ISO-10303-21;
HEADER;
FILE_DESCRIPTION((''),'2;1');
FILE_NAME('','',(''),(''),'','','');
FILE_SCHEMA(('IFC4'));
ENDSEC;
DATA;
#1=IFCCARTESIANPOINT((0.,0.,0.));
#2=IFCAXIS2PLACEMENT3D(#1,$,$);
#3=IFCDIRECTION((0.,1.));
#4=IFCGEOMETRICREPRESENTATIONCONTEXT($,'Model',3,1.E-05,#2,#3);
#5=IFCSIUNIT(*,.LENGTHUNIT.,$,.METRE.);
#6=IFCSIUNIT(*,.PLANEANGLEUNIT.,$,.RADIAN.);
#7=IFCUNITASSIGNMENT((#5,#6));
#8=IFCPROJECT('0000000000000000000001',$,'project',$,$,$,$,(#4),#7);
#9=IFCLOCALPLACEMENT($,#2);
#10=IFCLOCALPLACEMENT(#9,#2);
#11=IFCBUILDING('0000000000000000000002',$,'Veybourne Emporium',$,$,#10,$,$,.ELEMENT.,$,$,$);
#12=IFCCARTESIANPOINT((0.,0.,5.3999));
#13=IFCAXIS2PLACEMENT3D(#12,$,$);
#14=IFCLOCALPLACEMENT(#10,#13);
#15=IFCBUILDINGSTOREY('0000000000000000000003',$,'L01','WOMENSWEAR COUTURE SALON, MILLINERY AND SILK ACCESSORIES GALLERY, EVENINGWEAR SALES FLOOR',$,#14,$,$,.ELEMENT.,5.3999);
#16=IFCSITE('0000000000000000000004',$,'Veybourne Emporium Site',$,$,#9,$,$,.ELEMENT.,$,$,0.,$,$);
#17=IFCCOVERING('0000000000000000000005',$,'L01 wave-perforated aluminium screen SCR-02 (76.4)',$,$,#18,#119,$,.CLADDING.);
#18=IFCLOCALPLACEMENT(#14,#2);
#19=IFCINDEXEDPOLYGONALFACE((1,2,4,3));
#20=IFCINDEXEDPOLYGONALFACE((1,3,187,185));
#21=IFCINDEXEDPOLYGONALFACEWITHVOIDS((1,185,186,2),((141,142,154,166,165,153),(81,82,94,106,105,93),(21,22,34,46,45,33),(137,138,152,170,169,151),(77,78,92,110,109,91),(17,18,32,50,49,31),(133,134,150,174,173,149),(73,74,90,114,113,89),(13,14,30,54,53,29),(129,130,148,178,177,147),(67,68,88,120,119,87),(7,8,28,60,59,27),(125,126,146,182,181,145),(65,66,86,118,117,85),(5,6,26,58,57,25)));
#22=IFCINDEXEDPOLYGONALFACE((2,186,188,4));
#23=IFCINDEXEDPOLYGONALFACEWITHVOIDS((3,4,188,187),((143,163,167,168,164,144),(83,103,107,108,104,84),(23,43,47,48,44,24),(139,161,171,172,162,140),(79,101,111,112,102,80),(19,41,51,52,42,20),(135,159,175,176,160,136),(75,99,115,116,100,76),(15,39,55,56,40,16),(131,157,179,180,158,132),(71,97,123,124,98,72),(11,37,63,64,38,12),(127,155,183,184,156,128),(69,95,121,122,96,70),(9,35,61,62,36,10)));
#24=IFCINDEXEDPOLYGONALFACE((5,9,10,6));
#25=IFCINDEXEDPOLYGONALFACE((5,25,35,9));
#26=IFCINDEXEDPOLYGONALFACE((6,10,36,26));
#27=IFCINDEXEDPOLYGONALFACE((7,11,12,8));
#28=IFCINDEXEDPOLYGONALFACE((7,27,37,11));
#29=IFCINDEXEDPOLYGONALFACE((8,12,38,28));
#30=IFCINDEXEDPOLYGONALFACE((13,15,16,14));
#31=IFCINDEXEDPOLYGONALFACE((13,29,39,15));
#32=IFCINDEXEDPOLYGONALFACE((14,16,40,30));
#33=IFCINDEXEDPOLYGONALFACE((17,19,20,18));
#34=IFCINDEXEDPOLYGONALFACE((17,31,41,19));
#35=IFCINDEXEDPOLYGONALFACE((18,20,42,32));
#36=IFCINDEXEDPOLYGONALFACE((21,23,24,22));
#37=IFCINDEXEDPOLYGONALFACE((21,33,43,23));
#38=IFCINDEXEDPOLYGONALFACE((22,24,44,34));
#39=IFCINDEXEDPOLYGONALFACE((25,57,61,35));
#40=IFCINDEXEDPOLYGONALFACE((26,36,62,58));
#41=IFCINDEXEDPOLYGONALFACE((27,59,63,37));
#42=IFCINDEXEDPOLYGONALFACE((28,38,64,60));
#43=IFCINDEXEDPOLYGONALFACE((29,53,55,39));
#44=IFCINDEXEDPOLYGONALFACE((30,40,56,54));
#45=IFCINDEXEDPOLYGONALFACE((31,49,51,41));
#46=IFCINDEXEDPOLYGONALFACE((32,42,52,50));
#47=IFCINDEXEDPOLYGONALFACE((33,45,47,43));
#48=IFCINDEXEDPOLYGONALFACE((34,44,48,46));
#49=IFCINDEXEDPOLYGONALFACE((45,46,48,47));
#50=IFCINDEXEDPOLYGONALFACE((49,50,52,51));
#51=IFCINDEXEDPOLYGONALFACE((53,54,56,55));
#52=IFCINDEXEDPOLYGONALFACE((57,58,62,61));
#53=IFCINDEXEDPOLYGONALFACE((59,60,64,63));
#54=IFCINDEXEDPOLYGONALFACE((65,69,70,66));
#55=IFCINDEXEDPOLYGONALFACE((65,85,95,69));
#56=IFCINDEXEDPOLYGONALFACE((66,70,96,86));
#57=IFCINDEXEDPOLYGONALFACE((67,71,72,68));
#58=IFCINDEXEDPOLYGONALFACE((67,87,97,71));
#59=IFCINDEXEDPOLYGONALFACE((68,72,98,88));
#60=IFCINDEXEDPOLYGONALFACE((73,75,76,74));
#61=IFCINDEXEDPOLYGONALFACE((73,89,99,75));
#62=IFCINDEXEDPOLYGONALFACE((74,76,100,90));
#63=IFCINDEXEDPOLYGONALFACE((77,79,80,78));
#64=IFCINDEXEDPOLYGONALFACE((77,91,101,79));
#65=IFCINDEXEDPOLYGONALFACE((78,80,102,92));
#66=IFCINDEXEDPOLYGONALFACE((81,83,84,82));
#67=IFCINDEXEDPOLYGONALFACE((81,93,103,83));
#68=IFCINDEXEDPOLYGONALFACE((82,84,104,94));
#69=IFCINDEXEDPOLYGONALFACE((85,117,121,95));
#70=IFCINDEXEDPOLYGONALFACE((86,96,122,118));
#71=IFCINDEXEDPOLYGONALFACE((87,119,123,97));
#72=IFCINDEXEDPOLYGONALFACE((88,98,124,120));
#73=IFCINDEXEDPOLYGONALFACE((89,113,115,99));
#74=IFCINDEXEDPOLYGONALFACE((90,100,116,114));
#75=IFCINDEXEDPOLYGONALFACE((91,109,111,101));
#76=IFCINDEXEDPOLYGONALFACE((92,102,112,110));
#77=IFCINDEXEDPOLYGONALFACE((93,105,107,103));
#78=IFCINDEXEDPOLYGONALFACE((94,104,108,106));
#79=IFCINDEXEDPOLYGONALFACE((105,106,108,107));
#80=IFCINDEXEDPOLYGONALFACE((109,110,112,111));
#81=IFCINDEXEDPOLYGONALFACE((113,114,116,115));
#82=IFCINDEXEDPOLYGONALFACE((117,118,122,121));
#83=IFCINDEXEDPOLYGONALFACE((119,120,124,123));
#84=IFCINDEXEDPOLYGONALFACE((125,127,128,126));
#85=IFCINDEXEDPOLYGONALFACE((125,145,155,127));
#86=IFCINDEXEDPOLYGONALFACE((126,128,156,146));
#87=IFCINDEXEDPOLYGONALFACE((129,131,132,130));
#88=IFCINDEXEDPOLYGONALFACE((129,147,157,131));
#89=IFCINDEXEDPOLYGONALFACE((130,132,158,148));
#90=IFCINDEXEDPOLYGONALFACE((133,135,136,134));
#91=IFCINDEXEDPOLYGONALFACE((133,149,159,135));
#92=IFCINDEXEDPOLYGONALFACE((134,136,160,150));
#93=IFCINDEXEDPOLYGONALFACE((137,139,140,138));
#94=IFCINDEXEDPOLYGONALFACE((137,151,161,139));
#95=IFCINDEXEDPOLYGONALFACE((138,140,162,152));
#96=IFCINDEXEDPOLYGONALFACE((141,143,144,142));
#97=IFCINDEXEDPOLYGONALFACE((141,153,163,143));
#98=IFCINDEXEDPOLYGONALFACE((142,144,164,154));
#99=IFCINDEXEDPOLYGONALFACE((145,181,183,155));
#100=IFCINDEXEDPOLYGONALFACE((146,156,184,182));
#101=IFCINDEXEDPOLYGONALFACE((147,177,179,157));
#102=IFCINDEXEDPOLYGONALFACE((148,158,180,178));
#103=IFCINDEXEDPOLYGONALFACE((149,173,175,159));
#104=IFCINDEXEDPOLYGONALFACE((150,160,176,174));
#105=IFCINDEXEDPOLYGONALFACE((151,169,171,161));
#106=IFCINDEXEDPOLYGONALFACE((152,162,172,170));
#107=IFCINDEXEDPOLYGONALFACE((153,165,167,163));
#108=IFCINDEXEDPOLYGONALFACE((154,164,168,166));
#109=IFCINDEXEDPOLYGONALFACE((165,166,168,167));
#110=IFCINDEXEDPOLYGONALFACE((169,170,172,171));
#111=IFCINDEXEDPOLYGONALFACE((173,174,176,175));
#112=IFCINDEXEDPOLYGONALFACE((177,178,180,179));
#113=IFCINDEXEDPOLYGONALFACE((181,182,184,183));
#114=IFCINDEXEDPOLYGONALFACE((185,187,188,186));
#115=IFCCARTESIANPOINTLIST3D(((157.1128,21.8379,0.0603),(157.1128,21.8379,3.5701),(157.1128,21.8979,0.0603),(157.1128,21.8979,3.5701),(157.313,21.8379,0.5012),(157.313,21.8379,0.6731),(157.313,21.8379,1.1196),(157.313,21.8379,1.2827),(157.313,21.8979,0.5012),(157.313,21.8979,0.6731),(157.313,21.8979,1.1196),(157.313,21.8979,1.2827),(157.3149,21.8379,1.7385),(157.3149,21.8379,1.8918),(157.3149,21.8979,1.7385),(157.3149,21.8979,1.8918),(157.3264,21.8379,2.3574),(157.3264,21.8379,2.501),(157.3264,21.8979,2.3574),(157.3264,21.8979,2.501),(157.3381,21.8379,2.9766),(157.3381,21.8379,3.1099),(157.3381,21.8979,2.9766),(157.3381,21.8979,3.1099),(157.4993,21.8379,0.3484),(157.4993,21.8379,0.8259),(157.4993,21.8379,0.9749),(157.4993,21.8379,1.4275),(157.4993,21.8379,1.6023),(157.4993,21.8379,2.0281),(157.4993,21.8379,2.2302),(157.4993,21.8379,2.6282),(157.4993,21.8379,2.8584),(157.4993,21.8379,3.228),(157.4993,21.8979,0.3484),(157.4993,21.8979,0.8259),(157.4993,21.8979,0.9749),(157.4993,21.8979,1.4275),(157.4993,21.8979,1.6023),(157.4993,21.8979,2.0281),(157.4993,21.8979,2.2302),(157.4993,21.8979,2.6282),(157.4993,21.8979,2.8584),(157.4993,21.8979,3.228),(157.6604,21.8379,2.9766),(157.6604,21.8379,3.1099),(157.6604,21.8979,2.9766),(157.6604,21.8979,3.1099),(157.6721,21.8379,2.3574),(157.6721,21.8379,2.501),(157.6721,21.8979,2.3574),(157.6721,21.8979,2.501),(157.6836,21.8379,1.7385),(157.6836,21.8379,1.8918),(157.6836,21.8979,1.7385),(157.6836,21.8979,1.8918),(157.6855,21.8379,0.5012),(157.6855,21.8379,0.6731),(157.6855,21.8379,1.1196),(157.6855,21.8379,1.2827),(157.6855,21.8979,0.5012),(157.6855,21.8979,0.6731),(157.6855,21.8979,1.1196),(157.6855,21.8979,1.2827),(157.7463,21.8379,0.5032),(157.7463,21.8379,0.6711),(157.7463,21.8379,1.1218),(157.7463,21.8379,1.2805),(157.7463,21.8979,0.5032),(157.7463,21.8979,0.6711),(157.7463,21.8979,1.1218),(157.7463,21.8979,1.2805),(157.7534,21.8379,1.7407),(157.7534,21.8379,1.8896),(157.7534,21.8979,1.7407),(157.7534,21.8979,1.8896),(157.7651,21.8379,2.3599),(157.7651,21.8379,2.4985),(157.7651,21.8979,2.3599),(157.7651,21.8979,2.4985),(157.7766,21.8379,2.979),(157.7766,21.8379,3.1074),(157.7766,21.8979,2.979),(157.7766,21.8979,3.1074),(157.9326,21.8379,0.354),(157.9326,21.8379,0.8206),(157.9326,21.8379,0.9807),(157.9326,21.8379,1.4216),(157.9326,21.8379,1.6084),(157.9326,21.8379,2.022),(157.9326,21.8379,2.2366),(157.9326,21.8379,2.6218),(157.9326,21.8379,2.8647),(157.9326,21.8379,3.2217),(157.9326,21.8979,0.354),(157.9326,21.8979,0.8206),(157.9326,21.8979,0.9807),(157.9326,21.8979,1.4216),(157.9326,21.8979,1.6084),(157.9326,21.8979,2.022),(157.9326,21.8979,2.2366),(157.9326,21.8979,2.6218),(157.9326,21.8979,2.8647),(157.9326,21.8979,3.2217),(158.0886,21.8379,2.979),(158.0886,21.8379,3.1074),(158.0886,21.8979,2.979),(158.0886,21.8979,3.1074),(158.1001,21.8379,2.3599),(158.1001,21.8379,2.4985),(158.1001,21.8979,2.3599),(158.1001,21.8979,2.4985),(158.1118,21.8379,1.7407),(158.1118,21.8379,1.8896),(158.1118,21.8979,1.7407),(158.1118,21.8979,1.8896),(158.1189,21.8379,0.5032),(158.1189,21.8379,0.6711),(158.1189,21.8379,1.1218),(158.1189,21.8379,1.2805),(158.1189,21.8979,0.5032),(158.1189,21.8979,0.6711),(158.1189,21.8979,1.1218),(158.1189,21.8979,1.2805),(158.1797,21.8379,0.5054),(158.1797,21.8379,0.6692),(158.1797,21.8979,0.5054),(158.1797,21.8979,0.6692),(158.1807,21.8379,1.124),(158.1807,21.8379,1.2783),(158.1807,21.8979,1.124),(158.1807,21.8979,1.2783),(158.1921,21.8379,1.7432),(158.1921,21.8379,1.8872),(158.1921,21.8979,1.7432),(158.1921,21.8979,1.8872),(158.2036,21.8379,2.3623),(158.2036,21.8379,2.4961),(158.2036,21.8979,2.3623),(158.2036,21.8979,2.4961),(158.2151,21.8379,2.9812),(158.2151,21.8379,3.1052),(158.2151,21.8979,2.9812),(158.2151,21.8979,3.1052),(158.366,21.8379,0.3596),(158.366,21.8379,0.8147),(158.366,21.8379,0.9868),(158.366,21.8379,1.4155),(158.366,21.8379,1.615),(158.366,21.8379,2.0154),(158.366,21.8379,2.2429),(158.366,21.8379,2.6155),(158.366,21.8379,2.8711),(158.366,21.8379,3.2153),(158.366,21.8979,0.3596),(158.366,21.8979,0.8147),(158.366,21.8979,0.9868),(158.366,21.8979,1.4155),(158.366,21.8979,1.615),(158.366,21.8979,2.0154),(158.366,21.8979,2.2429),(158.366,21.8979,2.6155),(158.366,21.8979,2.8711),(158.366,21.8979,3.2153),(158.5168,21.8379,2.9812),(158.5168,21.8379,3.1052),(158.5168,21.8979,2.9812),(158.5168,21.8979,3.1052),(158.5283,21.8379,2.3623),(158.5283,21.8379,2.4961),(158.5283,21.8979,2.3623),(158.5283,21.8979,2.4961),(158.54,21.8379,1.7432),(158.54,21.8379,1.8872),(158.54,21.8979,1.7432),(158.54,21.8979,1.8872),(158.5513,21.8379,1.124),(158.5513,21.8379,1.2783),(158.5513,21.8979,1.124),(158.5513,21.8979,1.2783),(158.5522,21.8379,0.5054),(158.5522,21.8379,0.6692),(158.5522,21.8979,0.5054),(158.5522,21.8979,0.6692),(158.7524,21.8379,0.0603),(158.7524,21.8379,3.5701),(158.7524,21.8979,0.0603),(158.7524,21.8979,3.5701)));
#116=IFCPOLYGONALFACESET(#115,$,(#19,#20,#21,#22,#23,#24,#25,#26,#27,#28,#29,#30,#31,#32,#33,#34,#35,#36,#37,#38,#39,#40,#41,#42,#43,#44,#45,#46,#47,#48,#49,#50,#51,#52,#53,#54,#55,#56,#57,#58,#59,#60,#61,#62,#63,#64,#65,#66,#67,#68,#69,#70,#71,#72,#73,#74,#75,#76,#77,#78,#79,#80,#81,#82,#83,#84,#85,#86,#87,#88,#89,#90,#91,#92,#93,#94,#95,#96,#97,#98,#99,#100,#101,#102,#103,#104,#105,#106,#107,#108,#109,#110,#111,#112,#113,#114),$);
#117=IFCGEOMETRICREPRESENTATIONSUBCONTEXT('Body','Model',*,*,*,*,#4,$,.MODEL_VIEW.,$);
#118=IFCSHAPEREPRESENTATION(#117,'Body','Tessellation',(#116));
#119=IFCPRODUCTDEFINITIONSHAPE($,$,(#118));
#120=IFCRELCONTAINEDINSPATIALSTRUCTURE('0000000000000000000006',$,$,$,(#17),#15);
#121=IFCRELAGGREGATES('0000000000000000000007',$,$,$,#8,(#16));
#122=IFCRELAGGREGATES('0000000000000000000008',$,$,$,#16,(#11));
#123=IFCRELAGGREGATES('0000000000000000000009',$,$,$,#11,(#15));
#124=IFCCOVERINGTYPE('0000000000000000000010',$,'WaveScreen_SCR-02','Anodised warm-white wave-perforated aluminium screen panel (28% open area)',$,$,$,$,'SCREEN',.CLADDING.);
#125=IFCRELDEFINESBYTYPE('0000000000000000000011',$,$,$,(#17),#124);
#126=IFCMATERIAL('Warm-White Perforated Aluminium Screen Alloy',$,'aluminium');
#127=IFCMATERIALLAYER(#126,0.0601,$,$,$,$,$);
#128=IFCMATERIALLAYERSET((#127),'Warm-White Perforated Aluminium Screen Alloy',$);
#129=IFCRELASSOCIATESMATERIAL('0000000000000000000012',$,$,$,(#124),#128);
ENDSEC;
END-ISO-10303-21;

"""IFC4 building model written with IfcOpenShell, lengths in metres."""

from ifc_helpers import new_model, si_unit, direction, frame, origin, place, context, subcontext, project, spatial, polyline, outline, extrude, material, layer, layer_set, type_object, element, save


model = new_model("IFC4")

# Units and contexts
model_context = context("Model", 3, precision=1e-05, world=origin(), true_north=direction((0.0, 1.0)))
body_context = subcontext(model_context, "Body", "Model", "MODEL_VIEW")
ifc_project = project(units=[si_unit("LENGTHUNIT", "METRE"), si_unit("PLANEANGLEUNIT", "RADIAN")], contexts=[model_context])

# Site, building, storey
site_placement = place(None, origin())
site = spatial("IfcSite", under=ifc_project, at=site_placement, Name="Veybourne Emporium Site", CompositionType="ELEMENT", RefElevation=0.0)
building_placement = place(site_placement, origin())
building = spatial("IfcBuilding", under=site, at=building_placement, Name="Veybourne Emporium", CompositionType="ELEMENT")
storey_placement = place(building_placement, frame((0.0, 0.0, 5.3999)))
storey = spatial("IfcBuildingStorey", under=building, at=storey_placement, Name="L01", Description="WOMENSWEAR COUTURE SALON, MILLINERY AND SILK ACCESSORIES GALLERY, EVENINGWEAR SALES FLOOR", CompositionType="ELEMENT", Elevation=5.3999)

# Covering
ifc_material_1 = material(Name="Warm-White Perforated Aluminium Screen Alloy", Category="aluminium")
ifc_layer_1 = layer(ifc_material_1, 0.0601)
ifc_layer_set_1 = layer_set([ifc_layer_1], Name="Warm-White Perforated Aluminium Screen Alloy")
covering_type_1 = type_object("IfcCoveringType", Name="WaveScreen_SCR-02", Description="Anodised warm-white wave-perforated aluminium screen panel (28% open area)", ElementType="SCREEN", PredefinedType="CLADDING", material=ifc_layer_set_1)
covering_1_placement = place(storey_placement, frame((157.9326, 21.8979, 1.8152), z_axis=(0.0, -1.0, 0.0), x_axis=(1.0, 0.0, 0.0)))
element("IfcCovering", 1, at=covering_1_placement, inside=storey, type_object=covering_type_1, Name="L01 wave-perforated aluminium screen SCR-02 (76.4)", PredefinedType="CLADDING", context=body_context, shape_type="SweptSolid", body=[
    extrude(outline(polyline([(-0.8198, -1.7549), (0.8198, -1.7549), (0.8198, 1.7549), (-0.8198, 1.7549), (-0.8198, -1.7549)]), holes=[polyline([(-0.4333, -0.9893), (-0.2471, -1.1421), (-0.2471, -1.314), (-0.4333, -1.4668), (-0.6196, -1.314), (-0.6196, -1.1421), (-0.4333, -0.9893)]), polyline([(-0.4333, -0.3877), (-0.2471, -0.5325), (-0.2471, -0.6956), (-0.4333, -0.8403), (-0.6196, -0.6956), (-0.6196, -0.5325), (-0.4333, -0.3877)]), polyline([(-0.4333, 0.2129), (-0.249, 0.0767), (-0.249, -0.0767), (-0.4333, -0.2129), (-0.6177, -0.0767), (-0.6177, 0.0767), (-0.4333, 0.2129)]), polyline([(-0.4333, 0.813), (-0.2605, 0.6858), (-0.2605, 0.5422), (-0.4333, 0.415), (-0.6062, 0.5422), (-0.6062, 0.6858), (-0.4333, 0.813)]), polyline([(-0.4333, 1.4128), (-0.2722, 1.2947), (-0.2722, 1.1614), (-0.4333, 1.0432), (-0.5945, 1.1614), (-0.5945, 1.2947), (-0.4333, 1.4128)]), polyline([(0.0, -0.9946), (0.1863, -1.144), (0.1863, -1.312), (0.0, -1.4612), (-0.1863, -1.312), (-0.1863, -1.144), (0.0, -0.9946)]), polyline([(0.0, -0.3936), (0.1863, -0.5347), (0.1863, -0.6934), (0.0, -0.8345), (-0.1863, -0.6934), (-0.1863, -0.5347), (0.0, -0.3936)]), polyline([(0.0, 0.2068), (0.1792, 0.0745), (0.1792, -0.0745), (0.0, -0.2068), (-0.1792, -0.0745), (-0.1792, 0.0745), (0.0, 0.2068)]), polyline([(0.0, 0.8066), (0.1675, 0.6833), (0.1675, 0.5447), (0.0, 0.4214), (-0.1675, 0.5447), (-0.1675, 0.6833), (0.0, 0.8066)]), polyline([(0.0, 1.4065), (0.156, 1.2922), (0.156, 1.1638), (0.0, 1.0496), (-0.156, 1.1638), (-0.156, 1.2922), (0.0, 1.4065)]), polyline([(0.4333, -1.0005), (0.6196, -1.146), (0.6196, -1.3098), (0.4333, -1.4556), (0.2471, -1.3098), (0.2471, -1.146), (0.4333, -1.0005)]), polyline([(0.4333, -0.3997), (0.6187, -0.5369), (0.6187, -0.6912), (0.4333, -0.8284), (0.248, -0.6912), (0.248, -0.5369), (0.4333, -0.3997)]), polyline([(0.4333, 0.2002), (0.6074, 0.072), (0.6074, -0.072), (0.4333, -0.2002), (0.2595, -0.072), (0.2595, 0.072), (0.4333, 0.2002)]), polyline([(0.4333, 0.8003), (0.5957, 0.6809), (0.5957, 0.5471), (0.4333, 0.4277), (0.271, 0.5471), (0.271, 0.6809), (0.4333, 0.8003)]), polyline([(0.4333, 1.4001), (0.5842, 1.29), (0.5842, 1.166), (0.4333, 1.0559), (0.2825, 1.166), (0.2825, 1.29), (0.4333, 1.4001)])]), origin(), (0.0, 0.0, 1.0), 0.0601),
])

save(model, "model.ifc")
